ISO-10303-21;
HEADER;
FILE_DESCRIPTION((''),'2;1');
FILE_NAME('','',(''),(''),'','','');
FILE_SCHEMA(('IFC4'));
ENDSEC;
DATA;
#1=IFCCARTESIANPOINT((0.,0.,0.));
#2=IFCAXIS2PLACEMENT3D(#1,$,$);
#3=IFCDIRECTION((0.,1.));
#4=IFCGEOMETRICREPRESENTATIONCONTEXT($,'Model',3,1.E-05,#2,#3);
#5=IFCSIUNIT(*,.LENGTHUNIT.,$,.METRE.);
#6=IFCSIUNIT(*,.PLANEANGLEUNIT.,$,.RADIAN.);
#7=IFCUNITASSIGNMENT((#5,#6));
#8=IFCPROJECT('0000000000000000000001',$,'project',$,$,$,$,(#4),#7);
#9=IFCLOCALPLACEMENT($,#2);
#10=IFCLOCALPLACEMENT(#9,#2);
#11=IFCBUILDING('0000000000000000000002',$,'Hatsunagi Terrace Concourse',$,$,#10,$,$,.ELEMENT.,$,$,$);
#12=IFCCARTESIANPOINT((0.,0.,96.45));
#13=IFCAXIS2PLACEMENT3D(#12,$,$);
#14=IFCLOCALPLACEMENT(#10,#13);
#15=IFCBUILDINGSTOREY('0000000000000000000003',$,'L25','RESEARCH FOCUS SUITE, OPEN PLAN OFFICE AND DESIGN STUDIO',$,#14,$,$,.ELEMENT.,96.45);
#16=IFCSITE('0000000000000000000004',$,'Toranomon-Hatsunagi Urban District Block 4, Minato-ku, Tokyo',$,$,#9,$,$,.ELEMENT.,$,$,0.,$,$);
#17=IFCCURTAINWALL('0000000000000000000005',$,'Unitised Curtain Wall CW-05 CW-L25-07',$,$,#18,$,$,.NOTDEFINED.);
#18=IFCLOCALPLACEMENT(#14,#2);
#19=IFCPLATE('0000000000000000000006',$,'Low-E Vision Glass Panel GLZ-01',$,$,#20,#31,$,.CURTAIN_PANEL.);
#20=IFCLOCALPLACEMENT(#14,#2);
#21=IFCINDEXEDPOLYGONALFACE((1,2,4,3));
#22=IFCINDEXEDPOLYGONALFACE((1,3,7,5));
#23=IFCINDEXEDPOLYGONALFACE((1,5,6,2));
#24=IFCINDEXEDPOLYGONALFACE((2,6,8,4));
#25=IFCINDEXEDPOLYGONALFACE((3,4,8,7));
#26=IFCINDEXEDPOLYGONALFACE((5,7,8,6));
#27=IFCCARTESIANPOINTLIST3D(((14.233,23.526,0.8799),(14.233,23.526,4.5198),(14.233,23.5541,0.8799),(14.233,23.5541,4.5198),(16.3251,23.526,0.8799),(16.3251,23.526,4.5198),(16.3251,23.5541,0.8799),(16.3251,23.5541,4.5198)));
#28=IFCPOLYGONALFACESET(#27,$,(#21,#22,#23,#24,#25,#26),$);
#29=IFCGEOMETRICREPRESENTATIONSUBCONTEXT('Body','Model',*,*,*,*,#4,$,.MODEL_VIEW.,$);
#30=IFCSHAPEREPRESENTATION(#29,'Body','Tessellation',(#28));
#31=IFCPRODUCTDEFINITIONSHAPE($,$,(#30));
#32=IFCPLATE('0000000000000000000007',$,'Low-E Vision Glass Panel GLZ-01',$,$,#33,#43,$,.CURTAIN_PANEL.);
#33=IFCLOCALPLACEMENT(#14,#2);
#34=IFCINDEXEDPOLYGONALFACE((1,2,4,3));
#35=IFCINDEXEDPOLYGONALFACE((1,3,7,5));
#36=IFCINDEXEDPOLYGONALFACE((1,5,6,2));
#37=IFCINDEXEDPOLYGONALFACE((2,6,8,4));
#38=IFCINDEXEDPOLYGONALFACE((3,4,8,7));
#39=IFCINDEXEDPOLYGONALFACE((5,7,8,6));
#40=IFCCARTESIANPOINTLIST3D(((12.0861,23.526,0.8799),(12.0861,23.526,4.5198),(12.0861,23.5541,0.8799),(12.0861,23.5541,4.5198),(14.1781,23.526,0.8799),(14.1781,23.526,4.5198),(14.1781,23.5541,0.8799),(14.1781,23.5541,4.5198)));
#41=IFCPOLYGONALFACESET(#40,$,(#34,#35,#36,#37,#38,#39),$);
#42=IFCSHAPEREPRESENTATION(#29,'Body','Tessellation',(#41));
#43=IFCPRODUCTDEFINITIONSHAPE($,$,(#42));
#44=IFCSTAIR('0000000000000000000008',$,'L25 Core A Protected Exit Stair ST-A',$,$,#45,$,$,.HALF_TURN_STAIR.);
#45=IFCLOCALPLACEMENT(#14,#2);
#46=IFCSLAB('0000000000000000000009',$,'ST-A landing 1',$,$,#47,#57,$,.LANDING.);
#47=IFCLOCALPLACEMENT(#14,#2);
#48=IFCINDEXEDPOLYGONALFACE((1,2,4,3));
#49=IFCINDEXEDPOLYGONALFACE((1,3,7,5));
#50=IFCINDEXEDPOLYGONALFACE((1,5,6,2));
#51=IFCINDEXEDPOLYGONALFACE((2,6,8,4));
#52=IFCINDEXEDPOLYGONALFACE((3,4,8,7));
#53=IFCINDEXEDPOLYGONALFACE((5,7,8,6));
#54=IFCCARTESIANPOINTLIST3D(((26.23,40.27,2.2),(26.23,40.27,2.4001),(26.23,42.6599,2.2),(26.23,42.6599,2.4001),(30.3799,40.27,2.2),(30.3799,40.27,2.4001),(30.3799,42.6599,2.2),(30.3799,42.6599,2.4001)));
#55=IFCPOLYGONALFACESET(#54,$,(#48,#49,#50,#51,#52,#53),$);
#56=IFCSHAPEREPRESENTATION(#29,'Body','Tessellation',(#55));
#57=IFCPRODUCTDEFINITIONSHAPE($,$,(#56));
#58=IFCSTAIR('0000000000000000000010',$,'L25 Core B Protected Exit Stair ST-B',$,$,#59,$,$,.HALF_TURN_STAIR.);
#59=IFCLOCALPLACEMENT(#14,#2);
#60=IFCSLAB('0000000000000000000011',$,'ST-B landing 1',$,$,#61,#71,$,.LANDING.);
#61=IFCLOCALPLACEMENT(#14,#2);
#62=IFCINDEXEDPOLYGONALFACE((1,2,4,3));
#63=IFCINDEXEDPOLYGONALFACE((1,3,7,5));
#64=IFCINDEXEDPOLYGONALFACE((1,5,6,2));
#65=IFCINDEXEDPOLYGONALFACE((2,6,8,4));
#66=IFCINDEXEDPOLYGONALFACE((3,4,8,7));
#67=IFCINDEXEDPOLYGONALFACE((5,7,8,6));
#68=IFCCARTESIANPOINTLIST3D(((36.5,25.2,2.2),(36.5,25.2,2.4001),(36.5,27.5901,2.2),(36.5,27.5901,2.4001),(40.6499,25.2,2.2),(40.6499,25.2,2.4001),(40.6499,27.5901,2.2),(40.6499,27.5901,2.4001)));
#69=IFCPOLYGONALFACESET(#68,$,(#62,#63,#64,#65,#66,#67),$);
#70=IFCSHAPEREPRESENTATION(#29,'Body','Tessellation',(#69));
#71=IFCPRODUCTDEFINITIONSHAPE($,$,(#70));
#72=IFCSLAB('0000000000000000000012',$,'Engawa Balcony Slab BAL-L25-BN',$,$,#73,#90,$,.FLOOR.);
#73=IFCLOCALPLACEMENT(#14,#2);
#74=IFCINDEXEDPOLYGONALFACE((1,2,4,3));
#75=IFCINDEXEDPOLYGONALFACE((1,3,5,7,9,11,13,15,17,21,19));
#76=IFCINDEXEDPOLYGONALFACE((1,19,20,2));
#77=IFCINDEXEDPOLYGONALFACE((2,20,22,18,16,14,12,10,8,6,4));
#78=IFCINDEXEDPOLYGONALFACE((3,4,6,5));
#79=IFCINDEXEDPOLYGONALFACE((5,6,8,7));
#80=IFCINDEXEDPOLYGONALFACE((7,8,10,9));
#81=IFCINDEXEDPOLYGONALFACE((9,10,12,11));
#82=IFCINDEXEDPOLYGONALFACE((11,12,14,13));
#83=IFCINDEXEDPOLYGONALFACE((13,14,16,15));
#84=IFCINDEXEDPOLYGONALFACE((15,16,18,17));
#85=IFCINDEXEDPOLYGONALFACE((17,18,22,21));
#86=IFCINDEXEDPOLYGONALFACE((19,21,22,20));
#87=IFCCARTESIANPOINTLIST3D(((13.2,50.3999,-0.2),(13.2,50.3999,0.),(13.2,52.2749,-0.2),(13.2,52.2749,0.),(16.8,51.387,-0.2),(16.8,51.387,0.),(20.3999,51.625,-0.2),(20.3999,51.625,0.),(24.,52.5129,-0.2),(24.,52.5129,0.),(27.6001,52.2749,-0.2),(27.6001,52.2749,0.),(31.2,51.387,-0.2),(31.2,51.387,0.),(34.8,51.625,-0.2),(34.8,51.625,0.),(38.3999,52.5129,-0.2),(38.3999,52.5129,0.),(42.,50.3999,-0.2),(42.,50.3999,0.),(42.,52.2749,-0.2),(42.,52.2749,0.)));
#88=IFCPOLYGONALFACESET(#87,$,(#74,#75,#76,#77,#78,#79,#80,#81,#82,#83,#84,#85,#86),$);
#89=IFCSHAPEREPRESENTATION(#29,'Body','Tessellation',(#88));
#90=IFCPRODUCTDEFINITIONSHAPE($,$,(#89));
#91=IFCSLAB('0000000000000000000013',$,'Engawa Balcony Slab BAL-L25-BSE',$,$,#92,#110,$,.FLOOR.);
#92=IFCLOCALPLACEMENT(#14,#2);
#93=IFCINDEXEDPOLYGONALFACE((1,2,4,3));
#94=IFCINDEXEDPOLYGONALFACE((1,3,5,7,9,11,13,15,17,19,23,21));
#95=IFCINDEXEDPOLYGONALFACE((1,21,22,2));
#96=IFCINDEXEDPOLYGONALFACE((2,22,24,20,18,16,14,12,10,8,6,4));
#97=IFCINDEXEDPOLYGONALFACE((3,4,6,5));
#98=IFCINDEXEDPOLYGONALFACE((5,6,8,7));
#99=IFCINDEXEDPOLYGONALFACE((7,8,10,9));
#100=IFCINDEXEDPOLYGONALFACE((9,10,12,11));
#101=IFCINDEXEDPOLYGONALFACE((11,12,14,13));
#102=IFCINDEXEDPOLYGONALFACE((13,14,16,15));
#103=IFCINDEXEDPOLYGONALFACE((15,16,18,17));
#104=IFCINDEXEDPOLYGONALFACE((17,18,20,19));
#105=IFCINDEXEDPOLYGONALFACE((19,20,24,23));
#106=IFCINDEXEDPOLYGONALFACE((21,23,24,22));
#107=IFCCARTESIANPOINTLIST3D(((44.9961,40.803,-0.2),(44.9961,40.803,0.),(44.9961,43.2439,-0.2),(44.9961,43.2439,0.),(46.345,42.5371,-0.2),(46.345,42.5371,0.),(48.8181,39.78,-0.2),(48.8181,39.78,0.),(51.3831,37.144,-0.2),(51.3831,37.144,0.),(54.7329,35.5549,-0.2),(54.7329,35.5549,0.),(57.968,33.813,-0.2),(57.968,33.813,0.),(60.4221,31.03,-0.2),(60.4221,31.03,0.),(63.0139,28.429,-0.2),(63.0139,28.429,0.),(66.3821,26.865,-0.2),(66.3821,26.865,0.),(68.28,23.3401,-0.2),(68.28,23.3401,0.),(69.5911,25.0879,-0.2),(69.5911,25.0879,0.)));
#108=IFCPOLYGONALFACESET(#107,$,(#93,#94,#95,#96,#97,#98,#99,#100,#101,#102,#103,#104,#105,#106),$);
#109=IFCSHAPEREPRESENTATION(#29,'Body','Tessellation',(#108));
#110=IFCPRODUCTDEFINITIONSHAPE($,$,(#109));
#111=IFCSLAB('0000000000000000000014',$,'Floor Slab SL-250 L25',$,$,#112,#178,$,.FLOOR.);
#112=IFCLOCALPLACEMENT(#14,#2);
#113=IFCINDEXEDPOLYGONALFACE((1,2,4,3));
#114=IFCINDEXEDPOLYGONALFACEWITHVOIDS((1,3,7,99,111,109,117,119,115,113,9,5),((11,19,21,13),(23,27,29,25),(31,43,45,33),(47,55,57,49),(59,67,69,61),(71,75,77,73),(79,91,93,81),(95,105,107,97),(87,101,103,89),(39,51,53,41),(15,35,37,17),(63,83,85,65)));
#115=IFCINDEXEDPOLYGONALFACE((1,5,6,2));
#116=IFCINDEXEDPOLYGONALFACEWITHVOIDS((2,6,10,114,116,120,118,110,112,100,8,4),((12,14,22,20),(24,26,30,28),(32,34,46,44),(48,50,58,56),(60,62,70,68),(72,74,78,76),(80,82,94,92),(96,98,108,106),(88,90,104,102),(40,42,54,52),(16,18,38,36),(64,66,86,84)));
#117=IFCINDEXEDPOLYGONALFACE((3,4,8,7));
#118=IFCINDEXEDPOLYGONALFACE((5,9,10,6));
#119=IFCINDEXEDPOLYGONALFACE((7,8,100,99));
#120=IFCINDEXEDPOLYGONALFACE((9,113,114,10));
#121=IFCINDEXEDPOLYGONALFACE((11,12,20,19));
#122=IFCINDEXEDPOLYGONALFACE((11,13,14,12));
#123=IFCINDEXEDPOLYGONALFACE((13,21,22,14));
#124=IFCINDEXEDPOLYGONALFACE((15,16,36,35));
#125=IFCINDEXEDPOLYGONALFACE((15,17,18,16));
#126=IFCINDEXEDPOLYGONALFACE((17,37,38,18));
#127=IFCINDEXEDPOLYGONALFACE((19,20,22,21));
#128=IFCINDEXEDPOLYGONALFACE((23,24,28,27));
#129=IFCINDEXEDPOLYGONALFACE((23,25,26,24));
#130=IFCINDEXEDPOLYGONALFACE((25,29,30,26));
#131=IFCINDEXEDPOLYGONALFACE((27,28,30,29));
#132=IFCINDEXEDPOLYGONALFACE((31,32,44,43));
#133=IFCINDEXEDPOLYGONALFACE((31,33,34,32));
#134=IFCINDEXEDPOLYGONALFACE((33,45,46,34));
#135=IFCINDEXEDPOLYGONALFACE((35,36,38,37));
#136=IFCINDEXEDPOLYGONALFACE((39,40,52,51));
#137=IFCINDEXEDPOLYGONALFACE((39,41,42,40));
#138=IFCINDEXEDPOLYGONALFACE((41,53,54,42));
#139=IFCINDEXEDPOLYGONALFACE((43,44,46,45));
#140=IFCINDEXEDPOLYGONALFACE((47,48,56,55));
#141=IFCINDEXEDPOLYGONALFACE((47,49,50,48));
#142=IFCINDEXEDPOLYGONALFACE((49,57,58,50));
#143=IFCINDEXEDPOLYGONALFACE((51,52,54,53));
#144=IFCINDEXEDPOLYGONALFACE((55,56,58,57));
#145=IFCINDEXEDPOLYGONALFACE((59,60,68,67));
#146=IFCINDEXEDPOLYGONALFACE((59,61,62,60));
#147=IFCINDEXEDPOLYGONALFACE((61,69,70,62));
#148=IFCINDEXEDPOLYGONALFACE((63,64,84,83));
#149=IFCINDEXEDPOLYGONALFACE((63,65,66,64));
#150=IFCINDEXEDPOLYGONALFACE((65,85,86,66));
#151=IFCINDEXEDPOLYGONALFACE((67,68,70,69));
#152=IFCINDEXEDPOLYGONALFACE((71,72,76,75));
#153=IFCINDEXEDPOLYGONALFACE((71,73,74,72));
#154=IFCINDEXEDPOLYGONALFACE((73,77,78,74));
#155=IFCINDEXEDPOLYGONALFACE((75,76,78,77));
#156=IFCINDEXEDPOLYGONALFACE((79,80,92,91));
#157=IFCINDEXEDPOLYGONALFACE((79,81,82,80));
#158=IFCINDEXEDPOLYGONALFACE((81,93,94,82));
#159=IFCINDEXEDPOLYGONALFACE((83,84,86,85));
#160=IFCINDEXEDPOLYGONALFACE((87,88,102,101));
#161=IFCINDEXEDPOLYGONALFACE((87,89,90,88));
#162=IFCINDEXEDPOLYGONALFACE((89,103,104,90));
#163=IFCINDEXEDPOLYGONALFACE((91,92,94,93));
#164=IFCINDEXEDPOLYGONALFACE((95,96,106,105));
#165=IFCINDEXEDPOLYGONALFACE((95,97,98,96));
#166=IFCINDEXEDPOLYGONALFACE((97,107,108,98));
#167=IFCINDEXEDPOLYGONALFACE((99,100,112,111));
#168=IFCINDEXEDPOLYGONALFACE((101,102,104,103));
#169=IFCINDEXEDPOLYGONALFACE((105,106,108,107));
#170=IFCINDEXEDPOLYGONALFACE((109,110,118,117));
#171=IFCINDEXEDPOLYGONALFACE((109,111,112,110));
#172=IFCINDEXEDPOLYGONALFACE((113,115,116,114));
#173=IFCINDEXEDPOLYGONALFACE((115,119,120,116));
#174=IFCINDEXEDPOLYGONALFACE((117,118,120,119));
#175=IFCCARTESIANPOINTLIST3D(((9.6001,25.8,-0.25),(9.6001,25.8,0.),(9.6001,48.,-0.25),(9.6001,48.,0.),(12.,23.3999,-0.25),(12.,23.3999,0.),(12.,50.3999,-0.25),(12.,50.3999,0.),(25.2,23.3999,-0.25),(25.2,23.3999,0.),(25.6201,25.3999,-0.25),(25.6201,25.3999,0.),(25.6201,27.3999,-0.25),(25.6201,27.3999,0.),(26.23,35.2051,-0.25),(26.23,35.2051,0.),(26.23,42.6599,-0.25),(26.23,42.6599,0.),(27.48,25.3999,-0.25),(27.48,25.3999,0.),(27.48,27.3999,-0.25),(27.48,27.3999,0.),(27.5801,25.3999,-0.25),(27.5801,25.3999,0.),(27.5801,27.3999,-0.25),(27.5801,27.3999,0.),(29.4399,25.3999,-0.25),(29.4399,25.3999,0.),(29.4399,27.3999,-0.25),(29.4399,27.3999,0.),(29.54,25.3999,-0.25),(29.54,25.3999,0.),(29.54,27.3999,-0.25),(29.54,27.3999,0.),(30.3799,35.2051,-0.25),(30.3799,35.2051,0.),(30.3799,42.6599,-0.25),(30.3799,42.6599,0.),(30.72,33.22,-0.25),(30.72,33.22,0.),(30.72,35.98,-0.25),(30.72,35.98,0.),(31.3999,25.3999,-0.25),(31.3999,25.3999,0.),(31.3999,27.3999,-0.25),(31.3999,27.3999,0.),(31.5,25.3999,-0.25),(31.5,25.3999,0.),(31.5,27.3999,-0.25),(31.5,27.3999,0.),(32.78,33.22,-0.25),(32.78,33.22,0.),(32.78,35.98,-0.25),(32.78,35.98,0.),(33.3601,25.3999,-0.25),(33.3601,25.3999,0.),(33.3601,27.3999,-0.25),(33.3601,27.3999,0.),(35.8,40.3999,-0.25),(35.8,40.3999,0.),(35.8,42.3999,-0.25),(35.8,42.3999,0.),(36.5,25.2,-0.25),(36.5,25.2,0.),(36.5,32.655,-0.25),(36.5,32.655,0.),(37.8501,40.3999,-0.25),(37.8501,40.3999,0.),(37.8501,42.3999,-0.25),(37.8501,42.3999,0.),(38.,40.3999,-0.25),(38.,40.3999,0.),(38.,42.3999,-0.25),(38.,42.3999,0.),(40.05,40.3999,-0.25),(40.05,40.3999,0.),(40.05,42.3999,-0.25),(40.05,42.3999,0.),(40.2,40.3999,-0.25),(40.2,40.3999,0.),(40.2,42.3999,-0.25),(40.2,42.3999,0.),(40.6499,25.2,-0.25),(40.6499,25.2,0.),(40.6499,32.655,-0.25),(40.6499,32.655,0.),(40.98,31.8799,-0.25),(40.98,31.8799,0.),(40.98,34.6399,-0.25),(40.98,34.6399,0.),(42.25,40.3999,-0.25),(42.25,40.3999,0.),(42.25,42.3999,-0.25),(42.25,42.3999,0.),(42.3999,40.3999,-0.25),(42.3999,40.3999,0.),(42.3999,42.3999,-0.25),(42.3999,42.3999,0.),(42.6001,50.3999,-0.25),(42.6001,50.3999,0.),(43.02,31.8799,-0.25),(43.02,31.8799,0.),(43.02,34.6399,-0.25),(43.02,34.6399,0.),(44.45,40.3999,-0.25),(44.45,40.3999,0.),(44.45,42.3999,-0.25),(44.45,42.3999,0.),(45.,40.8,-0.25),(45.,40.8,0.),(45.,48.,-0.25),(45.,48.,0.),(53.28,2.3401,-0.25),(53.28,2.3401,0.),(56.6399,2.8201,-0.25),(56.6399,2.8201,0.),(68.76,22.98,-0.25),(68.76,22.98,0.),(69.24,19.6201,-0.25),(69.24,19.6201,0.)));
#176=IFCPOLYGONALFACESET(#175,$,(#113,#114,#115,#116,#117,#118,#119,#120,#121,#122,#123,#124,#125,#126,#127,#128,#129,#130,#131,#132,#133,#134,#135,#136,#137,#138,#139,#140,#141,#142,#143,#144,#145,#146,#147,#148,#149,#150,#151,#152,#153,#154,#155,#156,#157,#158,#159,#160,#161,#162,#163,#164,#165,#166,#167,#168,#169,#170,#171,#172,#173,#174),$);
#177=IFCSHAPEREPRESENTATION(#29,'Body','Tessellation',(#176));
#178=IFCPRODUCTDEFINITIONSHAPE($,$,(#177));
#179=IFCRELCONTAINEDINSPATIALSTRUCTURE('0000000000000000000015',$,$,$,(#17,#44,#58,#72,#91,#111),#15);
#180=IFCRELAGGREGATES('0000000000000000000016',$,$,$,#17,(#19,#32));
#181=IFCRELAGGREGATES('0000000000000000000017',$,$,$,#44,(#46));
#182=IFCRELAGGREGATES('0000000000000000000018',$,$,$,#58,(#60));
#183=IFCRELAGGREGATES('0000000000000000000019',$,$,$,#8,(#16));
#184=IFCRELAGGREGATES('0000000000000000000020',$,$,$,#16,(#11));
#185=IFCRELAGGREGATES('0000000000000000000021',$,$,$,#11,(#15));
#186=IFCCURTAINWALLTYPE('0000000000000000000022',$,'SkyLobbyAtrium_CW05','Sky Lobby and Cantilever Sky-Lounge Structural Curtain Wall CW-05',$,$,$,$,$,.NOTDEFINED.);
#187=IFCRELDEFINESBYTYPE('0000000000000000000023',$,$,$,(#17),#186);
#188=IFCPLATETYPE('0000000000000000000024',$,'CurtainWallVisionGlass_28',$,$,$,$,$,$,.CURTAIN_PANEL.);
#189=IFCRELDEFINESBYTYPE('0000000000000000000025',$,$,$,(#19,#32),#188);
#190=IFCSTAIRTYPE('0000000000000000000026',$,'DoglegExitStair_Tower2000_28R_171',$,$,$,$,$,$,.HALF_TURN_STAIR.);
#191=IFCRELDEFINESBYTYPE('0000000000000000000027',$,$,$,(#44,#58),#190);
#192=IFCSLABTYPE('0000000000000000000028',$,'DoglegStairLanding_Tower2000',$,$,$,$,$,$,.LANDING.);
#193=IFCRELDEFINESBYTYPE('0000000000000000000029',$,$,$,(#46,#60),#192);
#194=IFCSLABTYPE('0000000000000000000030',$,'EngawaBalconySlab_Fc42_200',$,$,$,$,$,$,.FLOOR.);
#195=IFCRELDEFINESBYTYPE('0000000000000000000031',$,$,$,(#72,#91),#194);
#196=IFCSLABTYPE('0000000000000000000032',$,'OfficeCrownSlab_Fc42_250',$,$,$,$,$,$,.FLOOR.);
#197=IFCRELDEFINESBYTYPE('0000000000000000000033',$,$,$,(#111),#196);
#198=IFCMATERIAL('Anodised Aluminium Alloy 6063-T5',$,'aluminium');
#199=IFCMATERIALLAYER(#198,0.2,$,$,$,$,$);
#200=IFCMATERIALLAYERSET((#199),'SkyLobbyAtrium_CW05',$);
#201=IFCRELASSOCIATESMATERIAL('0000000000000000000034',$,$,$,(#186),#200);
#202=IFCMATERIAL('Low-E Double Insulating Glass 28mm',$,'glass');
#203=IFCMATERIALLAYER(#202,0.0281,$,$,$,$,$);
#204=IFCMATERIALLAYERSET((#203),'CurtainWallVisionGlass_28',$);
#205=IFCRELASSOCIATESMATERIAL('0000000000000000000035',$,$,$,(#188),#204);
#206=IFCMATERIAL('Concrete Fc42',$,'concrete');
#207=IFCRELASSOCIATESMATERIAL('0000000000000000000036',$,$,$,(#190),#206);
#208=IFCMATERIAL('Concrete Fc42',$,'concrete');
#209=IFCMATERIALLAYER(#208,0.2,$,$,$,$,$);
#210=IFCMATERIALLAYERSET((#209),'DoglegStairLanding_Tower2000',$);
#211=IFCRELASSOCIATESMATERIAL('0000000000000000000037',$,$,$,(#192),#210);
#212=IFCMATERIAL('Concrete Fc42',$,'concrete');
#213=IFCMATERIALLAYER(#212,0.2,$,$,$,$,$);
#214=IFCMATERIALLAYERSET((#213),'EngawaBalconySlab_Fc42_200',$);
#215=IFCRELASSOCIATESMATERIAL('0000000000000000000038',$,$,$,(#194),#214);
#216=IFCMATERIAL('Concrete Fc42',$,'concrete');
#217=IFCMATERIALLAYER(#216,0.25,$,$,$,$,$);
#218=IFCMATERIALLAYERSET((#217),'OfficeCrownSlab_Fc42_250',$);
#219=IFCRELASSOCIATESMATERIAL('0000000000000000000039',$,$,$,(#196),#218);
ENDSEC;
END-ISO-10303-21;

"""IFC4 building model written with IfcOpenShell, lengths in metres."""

from ifc_helpers import new_model, si_unit, direction, frame, origin, origin_2d, place, context, subcontext, project, spatial, polyline, rectangle, outline, extrude, material, layer, layer_set, type_object, element, aggregate, save


model = new_model("IFC4")

# Units and contexts
model_context = context("Model", 3, precision=1e-05, world=origin(), true_north=direction((0.0, 1.0)))
body_context = subcontext(model_context, "Body", "Model", "MODEL_VIEW")
ifc_project = project(units=[si_unit("LENGTHUNIT", "METRE"), si_unit("PLANEANGLEUNIT", "RADIAN")], contexts=[model_context])

# Site, building, storey
site_placement = place(None, origin())
site = spatial("IfcSite", under=ifc_project, at=site_placement, Name="Toranomon-Hatsunagi Urban District Block 4, Minato-ku, Tokyo", CompositionType="ELEMENT", RefElevation=0.0)
building_placement = place(site_placement, origin())
building = spatial("IfcBuilding", under=site, at=building_placement, Name="Hatsunagi Terrace Concourse", CompositionType="ELEMENT")
storey_placement = place(building_placement, frame((0.0, 0.0, 96.45)))
storey = spatial("IfcBuildingStorey", under=building, at=storey_placement, Name="L25", Description="RESEARCH FOCUS SUITE, OPEN PLAN OFFICE AND DESIGN STUDIO", CompositionType="ELEMENT", Elevation=96.45)

# Curtain wall
ifc_material_1 = material(Name="Anodised Aluminium Alloy 6063-T5", Category="aluminium")
ifc_layer_1 = layer(ifc_material_1, 0.2)
ifc_layer_set_1 = layer_set([ifc_layer_1], Name="SkyLobbyAtrium_CW05")
curtain_wall_type = type_object("IfcCurtainWallType", Name="SkyLobbyAtrium_CW05", Description="Sky Lobby and Cantilever Sky-Lounge Structural Curtain Wall CW-05", PredefinedType="NOTDEFINED", material=ifc_layer_set_1)
curtain_wall_placement = place(storey_placement, origin())
curtain_wall = element("IfcCurtainWall", 1, at=curtain_wall_placement, inside=storey, type_object=curtain_wall_type, Name="Unitised Curtain Wall CW-05 CW-L25-07", PredefinedType="NOTDEFINED")

# Plates
ifc_material_2 = material(Name="Low-E Double Insulating Glass 28mm", Category="glass")
ifc_layer_2 = layer(ifc_material_2, 0.0281)
ifc_layer_set_2 = layer_set([ifc_layer_2], Name="CurtainWallVisionGlass_28")
plate_type_1 = type_object("IfcPlateType", Name="CurtainWallVisionGlass_28", PredefinedType="CURTAIN_PANEL", material=ifc_layer_set_2)
plate_1_placement = place(storey_placement, frame((15.2791, 23.54, 0.8799), z_axis=(0.0, 0.0, 1.0), x_axis=(-1.0, 0.0, 0.0)))
plate_1 = element("IfcPlate", 2, at=plate_1_placement, type_object=plate_type_1, Name="Low-E Vision Glass Panel GLZ-01", PredefinedType="CURTAIN_PANEL", context=body_context, shape_type="SweptSolid", body=[
    extrude(rectangle(XDim=2.092, YDim=0.0281, at=origin_2d()), origin(), (0.0, 0.0, 1.0), 3.6399),
])
plate_2_placement = place(storey_placement, frame((13.1321, 23.54, 0.8799), z_axis=(0.0, 0.0, 1.0), x_axis=(-1.0, 0.0, 0.0)))
plate_2 = element("IfcPlate", 3, at=plate_2_placement, type_object=plate_type_1, Name="Low-E Vision Glass Panel GLZ-01", PredefinedType="CURTAIN_PANEL", context=body_context, shape_type="SweptSolid", body=[
    extrude(rectangle(XDim=2.092, YDim=0.0281, at=origin_2d()), origin(), (0.0, 0.0, 1.0), 3.6399),
])
aggregate(curtain_wall, [plate_1, plate_2])

# Stairs, slabs
ifc_material_3 = material(Name="Concrete Fc42", Category="concrete")
stair_type = type_object("IfcStairType", Name="DoglegExitStair_Tower2000_28R_171", PredefinedType="HALF_TURN_STAIR", material=ifc_material_3)
stair_1_placement = place(storey_placement, origin())
stair_1 = element("IfcStair", 4, at=stair_1_placement, inside=storey, type_object=stair_type, Name="L25 Core A Protected Exit Stair ST-A", PredefinedType="HALF_TURN_STAIR")
ifc_material_4 = material(Name="Concrete Fc42", Category="concrete")
ifc_layer_3 = layer(ifc_material_4, 0.2)
ifc_layer_set_3 = layer_set([ifc_layer_3], Name="DoglegStairLanding_Tower2000")
slab_type_1 = type_object("IfcSlabType", Name="DoglegStairLanding_Tower2000", PredefinedType="LANDING", material=ifc_layer_set_3)
slab_1_placement = place(storey_placement, frame((0.0, 0.0, 2.2)))
slab_1 = element("IfcSlab", 5, at=slab_1_placement, type_object=slab_type_1, Name="ST-A landing 1", PredefinedType="LANDING", context=body_context, shape_type="SweptSolid", body=[
    extrude(outline(polyline([(30.3799, 40.27), (30.3799, 42.6599), (26.23, 42.6599), (26.23, 40.27), (30.3799, 40.27)])), origin(), (0.0, 0.0, 1.0), 0.2002),
])
aggregate(stair_1, [slab_1])
stair_2_placement = place(storey_placement, origin())
stair_2 = element("IfcStair", 6, at=stair_2_placement, inside=storey, type_object=stair_type, Name="L25 Core B Protected Exit Stair ST-B", PredefinedType="HALF_TURN_STAIR")
slab_2_placement = place(storey_placement, frame((0.0, 0.0, 2.2)))
slab_2 = element("IfcSlab", 7, at=slab_2_placement, type_object=slab_type_1, Name="ST-B landing 1", PredefinedType="LANDING", context=body_context, shape_type="SweptSolid", body=[
    extrude(outline(polyline([(36.5, 27.5901), (36.5, 25.2), (40.6499, 25.2), (40.6499, 27.5901), (36.5, 27.5901)])), origin(), (0.0, 0.0, 1.0), 0.2002),
])
aggregate(stair_2, [slab_2])

# Slabs
ifc_material_5 = material(Name="Concrete Fc42", Category="concrete")
ifc_layer_4 = layer(ifc_material_5, 0.2)
ifc_layer_set_4 = layer_set([ifc_layer_4], Name="EngawaBalconySlab_Fc42_200")
slab_type_2 = type_object("IfcSlabType", Name="EngawaBalconySlab_Fc42_200", PredefinedType="FLOOR", material=ifc_layer_set_4)
slab_3_placement = place(storey_placement, frame((0.0, 0.0, -0.2)))
element("IfcSlab", 8, at=slab_3_placement, inside=storey, type_object=slab_type_2, Name="Engawa Balcony Slab BAL-L25-BN", PredefinedType="FLOOR", context=body_context, shape_type="SweptSolid", body=[
    extrude(outline(polyline([(13.2, 52.2749), (13.2, 50.3999), (42.0, 50.3999), (42.0, 52.2749), (38.3999, 52.5129), (34.8, 51.625), (31.2, 51.387), (27.6001, 52.2749), (24.0, 52.5129), (20.3999, 51.625), (16.8, 51.387), (13.2, 52.2749)])), origin(), (0.0, 0.0, 1.0), 0.2),
])
slab_4_placement = place(storey_placement, frame((0.0, 0.0, -0.2)))
element("IfcSlab", 9, at=slab_4_placement, inside=storey, type_object=slab_type_2, Name="Engawa Balcony Slab BAL-L25-BSE", PredefinedType="FLOOR", context=body_context, shape_type="SweptSolid", body=[
    extrude(outline(polyline([(46.345, 42.5371), (44.9961, 43.2439), (44.9961, 40.803), (68.28, 23.3401), (69.5911, 25.0879), (66.3821, 26.865), (63.0139, 28.429), (60.4221, 31.03), (57.968, 33.813), (54.7329, 35.5549), (51.3831, 37.144), (48.8181, 39.78), (46.345, 42.5371)])), origin(), (0.0, 0.0, 1.0), 0.2),
])
ifc_material_6 = material(Name="Concrete Fc42", Category="concrete")
ifc_layer_5 = layer(ifc_material_6, 0.25)
ifc_layer_set_5 = layer_set([ifc_layer_5], Name="OfficeCrownSlab_Fc42_250")
slab_type_3 = type_object("IfcSlabType", Name="OfficeCrownSlab_Fc42_250", PredefinedType="FLOOR", material=ifc_layer_set_5)
slab_5_placement = place(storey_placement, frame((0.0, 0.0, -0.25)))
element("IfcSlab", 10, at=slab_5_placement, inside=storey, type_object=slab_type_3, Name="Floor Slab SL-250 L25", PredefinedType="FLOOR", context=body_context, shape_type="SweptSolid", body=[
    extrude(outline(polyline([(45.0, 40.8), (45.0, 48.0), (42.6001, 50.3999), (12.0, 50.3999), (9.6001, 48.0), (9.6001, 25.8), (12.0, 23.3999), (25.2, 23.3999), (53.28, 2.3401), (56.6399, 2.8201), (69.24, 19.6201), (68.76, 22.98), (45.0, 40.8)]), holes=[polyline([(26.23, 35.2051), (30.3799, 35.2051), (30.3799, 42.6599), (26.23, 42.6599), (26.23, 35.2051)]), polyline([(36.5, 25.2), (40.6499, 25.2), (40.6499, 32.655), (36.5, 32.655), (36.5, 25.2)]), polyline([(30.72, 33.22), (32.78, 33.22), (32.78, 35.98), (30.72, 35.98), (30.72, 33.22)]), polyline([(40.98, 31.8799), (43.02, 31.8799), (43.02, 34.6399), (40.98, 34.6399), (40.98, 31.8799)]), polyline([(25.6201, 25.3999), (27.48, 25.3999), (27.48, 27.3999), (25.6201, 27.3999), (25.6201, 25.3999)]), polyline([(27.5801, 25.3999), (29.4399, 25.3999), (29.4399, 27.3999), (27.5801, 27.3999), (27.5801, 25.3999)]), polyline([(29.54, 25.3999), (31.3999, 25.3999), (31.3999, 27.3999), (29.54, 27.3999), (29.54, 25.3999)]), polyline([(31.5, 25.3999), (33.3601, 25.3999), (33.3601, 27.3999), (31.5, 27.3999), (31.5, 25.3999)]), polyline([(35.8, 40.3999), (37.8501, 40.3999), (37.8501, 42.3999), (35.8, 42.3999), (35.8, 40.3999)]), polyline([(38.0, 40.3999), (40.05, 40.3999), (40.05, 42.3999), (38.0, 42.3999), (38.0, 40.3999)]), polyline([(40.2, 40.3999), (42.25, 40.3999), (42.25, 42.3999), (40.2, 42.3999), (40.2, 40.3999)]), polyline([(42.3999, 40.3999), (44.45, 40.3999), (44.45, 42.3999), (42.3999, 42.3999), (42.3999, 40.3999)])]), origin(), (0.0, 0.0, 1.0), 0.25),
])

save(model, "model.ifc")
